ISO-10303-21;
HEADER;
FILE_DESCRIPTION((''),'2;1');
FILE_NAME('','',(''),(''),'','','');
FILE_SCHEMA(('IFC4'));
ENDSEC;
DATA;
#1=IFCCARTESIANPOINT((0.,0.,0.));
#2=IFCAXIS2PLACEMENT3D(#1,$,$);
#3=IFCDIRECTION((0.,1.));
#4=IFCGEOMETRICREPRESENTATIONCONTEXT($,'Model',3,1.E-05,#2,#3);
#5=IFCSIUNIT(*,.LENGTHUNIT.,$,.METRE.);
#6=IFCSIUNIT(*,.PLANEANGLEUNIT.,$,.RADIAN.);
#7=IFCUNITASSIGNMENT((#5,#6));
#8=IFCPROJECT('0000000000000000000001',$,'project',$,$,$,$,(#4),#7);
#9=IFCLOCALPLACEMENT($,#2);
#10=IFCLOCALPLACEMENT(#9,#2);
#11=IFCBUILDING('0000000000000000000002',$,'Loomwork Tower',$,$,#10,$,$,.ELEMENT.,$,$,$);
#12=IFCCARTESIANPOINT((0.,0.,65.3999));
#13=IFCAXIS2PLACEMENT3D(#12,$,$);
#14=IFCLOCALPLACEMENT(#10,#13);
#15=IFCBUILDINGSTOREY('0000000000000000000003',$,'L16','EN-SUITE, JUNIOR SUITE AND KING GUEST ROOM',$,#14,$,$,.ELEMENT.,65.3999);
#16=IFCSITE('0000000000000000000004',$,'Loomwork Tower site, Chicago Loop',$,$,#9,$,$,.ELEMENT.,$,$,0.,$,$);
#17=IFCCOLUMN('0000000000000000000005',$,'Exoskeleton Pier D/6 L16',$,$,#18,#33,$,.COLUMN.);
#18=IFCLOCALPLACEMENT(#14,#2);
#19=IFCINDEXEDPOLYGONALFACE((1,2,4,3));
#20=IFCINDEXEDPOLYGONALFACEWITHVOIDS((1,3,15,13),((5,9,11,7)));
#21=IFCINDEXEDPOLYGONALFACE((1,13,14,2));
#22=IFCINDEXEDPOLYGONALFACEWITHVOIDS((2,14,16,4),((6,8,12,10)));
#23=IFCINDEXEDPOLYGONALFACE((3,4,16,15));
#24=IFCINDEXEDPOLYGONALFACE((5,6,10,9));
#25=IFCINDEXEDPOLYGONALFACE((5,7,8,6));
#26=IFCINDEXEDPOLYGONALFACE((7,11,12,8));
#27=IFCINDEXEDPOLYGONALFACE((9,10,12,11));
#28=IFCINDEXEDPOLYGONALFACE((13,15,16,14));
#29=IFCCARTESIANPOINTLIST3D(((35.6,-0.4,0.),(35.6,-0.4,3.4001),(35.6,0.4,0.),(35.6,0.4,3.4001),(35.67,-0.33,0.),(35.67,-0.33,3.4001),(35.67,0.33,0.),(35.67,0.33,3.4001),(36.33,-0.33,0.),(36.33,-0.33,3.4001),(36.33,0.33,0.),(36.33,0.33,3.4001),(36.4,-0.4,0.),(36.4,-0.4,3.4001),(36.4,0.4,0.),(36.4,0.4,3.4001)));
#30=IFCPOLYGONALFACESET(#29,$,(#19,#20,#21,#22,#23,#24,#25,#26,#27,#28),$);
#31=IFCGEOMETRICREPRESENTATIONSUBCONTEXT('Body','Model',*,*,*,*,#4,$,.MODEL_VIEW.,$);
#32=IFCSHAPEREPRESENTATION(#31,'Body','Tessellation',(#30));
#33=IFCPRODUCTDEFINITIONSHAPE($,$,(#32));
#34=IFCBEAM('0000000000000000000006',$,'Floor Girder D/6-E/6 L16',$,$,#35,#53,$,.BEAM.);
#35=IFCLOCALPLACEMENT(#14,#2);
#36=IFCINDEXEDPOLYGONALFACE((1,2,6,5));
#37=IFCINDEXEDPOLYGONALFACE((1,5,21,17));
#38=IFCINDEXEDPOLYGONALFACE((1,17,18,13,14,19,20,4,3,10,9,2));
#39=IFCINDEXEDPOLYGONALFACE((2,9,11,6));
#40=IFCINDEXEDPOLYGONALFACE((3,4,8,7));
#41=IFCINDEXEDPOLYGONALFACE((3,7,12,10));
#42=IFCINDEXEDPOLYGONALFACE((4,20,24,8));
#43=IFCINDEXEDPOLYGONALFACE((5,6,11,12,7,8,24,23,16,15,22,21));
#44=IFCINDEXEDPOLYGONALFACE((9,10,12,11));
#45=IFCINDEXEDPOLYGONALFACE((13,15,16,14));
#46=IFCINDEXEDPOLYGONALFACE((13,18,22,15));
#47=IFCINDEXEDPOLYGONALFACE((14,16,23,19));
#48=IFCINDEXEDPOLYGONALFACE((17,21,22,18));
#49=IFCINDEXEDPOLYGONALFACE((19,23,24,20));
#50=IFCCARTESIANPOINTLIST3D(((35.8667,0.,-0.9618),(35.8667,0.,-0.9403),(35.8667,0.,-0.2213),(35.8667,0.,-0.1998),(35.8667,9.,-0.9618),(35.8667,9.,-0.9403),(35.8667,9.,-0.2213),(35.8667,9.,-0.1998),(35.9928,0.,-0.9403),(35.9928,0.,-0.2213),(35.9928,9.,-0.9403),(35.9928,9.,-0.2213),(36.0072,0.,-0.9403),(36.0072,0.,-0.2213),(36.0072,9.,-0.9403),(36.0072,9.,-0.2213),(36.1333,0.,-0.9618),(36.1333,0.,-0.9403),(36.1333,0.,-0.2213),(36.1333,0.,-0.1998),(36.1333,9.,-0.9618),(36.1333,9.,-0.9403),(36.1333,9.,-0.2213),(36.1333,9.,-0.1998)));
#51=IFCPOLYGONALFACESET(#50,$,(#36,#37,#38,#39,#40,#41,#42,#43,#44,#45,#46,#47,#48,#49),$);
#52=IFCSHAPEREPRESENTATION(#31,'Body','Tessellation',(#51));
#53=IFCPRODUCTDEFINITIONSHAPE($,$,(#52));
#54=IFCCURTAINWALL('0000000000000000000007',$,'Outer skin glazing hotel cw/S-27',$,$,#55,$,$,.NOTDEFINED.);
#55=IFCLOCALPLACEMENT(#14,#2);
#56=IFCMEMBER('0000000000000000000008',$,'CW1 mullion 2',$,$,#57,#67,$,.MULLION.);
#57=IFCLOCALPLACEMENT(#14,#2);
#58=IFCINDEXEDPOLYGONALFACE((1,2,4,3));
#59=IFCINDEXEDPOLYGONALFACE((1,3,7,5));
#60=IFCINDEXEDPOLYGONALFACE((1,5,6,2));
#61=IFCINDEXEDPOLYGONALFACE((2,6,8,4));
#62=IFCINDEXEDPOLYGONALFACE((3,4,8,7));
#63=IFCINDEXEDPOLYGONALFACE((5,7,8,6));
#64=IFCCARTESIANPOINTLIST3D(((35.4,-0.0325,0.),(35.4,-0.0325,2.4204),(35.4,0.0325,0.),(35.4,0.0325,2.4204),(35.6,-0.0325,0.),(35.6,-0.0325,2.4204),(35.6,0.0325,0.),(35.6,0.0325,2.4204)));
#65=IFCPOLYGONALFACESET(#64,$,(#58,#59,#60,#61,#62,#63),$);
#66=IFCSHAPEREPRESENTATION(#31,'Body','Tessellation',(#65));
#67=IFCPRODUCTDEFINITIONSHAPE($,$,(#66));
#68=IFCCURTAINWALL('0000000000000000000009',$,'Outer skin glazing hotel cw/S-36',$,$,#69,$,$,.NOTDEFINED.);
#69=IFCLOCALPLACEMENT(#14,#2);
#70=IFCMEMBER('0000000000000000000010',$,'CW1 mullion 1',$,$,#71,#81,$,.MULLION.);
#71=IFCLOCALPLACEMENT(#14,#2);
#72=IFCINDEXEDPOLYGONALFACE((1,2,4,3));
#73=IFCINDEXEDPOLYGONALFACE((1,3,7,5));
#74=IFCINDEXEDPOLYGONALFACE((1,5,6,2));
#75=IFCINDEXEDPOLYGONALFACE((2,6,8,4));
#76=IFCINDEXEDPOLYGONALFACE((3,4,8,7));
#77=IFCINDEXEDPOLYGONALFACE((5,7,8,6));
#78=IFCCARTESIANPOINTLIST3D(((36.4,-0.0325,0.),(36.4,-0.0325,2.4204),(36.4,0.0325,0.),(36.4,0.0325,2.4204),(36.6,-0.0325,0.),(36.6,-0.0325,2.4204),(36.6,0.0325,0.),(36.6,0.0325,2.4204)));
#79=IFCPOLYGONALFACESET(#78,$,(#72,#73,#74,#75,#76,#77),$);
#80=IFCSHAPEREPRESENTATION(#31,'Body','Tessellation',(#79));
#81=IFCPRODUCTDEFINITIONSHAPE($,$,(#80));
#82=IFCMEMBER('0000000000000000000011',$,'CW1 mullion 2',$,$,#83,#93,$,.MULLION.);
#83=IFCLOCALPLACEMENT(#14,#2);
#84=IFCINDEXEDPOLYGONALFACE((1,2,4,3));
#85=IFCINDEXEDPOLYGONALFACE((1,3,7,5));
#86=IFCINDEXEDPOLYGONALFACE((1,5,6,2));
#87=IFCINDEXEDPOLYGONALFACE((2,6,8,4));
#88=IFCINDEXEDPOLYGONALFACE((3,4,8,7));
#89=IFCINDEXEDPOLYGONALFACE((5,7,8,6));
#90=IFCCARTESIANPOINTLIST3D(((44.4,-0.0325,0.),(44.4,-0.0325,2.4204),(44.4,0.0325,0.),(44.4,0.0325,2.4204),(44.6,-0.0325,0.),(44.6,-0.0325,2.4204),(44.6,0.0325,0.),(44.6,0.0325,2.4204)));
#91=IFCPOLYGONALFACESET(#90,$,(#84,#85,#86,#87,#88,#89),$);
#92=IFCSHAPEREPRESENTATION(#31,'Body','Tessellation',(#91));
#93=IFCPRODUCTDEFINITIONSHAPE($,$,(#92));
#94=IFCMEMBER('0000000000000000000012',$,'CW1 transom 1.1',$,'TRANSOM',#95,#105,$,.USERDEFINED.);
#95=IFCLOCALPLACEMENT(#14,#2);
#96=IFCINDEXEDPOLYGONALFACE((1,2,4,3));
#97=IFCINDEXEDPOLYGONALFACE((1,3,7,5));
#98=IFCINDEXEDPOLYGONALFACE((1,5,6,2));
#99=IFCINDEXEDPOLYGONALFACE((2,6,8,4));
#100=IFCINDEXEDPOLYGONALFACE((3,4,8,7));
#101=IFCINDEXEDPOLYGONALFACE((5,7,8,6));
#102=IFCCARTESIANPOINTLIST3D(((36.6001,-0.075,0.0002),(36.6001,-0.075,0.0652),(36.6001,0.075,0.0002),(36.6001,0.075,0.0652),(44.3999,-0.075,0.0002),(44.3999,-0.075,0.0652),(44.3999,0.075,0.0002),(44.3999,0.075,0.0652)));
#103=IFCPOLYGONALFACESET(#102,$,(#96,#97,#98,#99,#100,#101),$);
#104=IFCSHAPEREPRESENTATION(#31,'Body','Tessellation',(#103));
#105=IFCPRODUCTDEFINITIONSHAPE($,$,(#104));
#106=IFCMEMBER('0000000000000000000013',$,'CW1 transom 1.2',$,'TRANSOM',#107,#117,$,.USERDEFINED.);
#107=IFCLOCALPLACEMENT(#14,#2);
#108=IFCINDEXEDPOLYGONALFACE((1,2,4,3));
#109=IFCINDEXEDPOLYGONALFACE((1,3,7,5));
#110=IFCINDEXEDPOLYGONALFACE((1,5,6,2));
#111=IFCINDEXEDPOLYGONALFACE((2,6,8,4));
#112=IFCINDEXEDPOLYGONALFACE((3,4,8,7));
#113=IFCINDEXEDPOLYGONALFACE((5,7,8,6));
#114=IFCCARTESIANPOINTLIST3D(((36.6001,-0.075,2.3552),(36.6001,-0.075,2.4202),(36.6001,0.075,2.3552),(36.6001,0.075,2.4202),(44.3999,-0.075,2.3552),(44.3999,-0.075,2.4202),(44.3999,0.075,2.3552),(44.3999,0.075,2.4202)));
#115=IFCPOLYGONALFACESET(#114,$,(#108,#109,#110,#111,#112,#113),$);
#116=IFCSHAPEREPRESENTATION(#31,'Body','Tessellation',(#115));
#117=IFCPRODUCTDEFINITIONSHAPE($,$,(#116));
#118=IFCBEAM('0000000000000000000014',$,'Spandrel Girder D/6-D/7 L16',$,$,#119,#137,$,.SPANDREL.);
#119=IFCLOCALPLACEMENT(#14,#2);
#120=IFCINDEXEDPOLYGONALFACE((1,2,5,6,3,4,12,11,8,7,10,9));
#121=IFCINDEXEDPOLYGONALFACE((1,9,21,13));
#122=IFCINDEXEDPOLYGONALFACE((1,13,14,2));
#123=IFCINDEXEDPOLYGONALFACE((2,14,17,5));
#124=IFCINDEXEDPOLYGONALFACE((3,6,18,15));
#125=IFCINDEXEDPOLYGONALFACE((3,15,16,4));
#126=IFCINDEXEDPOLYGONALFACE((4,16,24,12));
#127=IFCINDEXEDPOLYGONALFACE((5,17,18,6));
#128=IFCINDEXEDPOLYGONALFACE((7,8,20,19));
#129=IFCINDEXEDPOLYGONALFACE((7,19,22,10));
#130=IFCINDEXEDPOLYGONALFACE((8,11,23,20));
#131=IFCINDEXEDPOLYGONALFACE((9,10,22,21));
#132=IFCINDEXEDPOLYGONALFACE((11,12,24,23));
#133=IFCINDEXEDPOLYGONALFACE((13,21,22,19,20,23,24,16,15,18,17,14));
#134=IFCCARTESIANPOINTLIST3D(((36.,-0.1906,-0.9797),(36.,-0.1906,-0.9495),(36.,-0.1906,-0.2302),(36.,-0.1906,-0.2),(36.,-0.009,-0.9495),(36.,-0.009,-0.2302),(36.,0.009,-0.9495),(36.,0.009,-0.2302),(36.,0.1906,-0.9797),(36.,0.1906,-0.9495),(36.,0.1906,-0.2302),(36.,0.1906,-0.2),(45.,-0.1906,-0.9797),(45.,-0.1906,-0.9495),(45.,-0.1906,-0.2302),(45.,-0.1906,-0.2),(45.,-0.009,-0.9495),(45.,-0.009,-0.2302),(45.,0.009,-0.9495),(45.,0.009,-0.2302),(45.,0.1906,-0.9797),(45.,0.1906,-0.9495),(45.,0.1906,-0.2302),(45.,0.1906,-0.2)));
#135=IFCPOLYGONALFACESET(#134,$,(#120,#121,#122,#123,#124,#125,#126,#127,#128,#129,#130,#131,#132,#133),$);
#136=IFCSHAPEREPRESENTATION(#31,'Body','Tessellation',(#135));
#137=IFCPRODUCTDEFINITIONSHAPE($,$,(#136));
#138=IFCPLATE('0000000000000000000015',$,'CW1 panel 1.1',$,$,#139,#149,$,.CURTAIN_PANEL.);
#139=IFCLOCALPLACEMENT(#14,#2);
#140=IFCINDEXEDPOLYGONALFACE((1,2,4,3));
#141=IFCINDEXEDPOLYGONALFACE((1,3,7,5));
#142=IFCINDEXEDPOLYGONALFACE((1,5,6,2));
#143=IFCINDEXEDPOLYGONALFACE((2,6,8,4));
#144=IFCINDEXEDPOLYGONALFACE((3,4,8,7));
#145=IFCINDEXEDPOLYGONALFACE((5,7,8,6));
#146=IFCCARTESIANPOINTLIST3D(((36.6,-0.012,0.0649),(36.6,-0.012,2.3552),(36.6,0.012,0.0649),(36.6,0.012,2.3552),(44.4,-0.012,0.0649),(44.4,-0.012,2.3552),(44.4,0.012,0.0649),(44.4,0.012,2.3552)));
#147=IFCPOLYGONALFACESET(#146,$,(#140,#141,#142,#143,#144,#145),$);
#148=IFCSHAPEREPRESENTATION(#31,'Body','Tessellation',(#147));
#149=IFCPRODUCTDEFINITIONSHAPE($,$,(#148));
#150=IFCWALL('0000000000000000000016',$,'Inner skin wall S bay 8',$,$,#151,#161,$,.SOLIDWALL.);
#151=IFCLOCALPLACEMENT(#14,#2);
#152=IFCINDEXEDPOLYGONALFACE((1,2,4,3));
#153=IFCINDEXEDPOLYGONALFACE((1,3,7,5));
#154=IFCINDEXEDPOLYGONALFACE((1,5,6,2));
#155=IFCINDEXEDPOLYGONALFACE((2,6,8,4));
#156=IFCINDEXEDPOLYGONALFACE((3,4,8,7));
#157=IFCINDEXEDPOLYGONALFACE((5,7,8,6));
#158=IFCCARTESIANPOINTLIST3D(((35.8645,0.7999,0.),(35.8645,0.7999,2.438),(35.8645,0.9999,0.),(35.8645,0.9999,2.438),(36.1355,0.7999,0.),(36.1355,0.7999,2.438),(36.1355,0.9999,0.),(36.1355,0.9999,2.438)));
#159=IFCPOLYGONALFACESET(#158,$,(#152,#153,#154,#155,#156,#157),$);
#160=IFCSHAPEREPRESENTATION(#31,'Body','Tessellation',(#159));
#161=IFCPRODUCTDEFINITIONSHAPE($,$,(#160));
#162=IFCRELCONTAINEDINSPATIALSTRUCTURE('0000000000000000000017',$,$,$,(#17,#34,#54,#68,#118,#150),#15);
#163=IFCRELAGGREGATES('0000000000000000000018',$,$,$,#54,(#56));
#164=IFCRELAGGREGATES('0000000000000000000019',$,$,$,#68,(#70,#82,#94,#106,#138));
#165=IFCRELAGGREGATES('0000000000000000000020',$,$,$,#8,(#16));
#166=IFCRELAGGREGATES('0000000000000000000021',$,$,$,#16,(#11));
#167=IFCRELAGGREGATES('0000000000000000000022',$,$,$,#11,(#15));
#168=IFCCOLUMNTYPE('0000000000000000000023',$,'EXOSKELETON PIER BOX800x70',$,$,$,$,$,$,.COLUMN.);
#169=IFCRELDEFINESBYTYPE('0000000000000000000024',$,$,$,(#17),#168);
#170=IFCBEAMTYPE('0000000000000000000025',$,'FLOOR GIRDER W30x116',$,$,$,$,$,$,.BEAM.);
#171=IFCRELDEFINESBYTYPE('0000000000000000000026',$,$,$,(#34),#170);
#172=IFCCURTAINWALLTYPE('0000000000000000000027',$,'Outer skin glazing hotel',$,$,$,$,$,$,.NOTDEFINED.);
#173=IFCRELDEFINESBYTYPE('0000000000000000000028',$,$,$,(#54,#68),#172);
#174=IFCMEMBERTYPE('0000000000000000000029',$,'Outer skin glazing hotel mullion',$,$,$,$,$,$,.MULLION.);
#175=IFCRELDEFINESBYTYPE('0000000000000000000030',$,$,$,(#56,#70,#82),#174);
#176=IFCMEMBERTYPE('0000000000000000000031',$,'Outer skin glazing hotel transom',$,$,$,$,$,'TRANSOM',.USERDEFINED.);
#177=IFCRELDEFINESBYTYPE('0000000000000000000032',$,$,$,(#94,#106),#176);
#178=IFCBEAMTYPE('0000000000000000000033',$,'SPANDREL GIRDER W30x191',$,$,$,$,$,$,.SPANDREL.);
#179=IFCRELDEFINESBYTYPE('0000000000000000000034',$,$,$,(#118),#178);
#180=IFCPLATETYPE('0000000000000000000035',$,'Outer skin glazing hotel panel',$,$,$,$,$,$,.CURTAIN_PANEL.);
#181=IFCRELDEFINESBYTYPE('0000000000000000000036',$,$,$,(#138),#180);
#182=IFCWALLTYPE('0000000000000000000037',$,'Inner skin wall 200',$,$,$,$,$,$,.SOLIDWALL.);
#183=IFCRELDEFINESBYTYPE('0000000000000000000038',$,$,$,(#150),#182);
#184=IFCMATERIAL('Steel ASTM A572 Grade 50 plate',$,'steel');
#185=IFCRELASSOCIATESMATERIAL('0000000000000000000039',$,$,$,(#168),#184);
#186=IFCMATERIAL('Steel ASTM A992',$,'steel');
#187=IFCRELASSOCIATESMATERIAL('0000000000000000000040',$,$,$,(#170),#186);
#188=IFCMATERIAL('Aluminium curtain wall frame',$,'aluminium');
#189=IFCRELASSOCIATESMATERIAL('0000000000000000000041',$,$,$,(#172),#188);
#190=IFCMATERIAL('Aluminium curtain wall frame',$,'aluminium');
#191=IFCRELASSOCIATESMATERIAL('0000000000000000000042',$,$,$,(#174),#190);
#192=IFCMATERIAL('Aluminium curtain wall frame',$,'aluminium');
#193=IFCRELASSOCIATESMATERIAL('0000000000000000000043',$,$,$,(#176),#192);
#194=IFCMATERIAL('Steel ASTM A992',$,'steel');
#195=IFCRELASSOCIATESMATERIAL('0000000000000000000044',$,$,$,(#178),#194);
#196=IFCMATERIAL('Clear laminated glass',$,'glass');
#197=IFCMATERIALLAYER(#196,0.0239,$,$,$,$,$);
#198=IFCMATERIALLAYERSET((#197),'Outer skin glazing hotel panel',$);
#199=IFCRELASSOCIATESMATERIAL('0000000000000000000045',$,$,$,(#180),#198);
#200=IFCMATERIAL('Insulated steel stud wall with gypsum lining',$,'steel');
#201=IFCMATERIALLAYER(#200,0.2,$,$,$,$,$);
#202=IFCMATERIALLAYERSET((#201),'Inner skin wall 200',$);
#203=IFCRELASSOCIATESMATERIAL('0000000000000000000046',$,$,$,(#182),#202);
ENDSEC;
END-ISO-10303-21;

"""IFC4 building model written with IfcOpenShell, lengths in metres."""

from ifc_helpers import new_model, si_unit, direction, frame, frame_2d, origin, origin_2d, place, context, subcontext, project, spatial, rectangle, hollow_rectangle, i_section, extrude, material, layer, layer_set, material_profile, profile_set, type_object, element, aggregate, save


model = new_model("IFC4")

# Units and contexts
model_context = context("Model", 3, precision=1e-05, world=origin(), true_north=direction((0.0, 1.0)))
body_context = subcontext(model_context, "Body", "Model", "MODEL_VIEW")
ifc_project = project(units=[si_unit("LENGTHUNIT", "METRE"), si_unit("PLANEANGLEUNIT", "RADIAN")], contexts=[model_context])

# Site, building, storey
site_placement = place(None, origin())
site = spatial("IfcSite", under=ifc_project, at=site_placement, Name="Loomwork Tower site, Chicago Loop", CompositionType="ELEMENT", RefElevation=0.0)
building_placement = place(site_placement, origin())
building = spatial("IfcBuilding", under=site, at=building_placement, Name="Loomwork Tower", CompositionType="ELEMENT")
storey_placement = place(building_placement, frame((0.0, 0.0, 65.3999)))
storey = spatial("IfcBuildingStorey", under=building, at=storey_placement, Name="L16", Description="EN-SUITE, JUNIOR SUITE AND KING GUEST ROOM", CompositionType="ELEMENT", Elevation=65.3999)

# Column
ifc_material_1 = material(Name="Steel ASTM A572 Grade 50 plate", Category="steel")
ifc_material_profile_1 = material_profile(ifc_material_1, hollow_rectangle(XDim=0.8, YDim=0.8, WallThickness=0.0701, at=origin_2d()), Name="BOX800x70")
ifc_profile_set_1 = profile_set([ifc_material_profile_1], Name="Steel ASTM A572 Grade 50 plate")
column_type = type_object("IfcColumnType", Name="EXOSKELETON PIER BOX800x70", PredefinedType="COLUMN", material=ifc_profile_set_1)
column_placement = place(storey_placement, frame((36.0, 0.0, 0.0), z_axis=(0.0, 0.0, 1.0), x_axis=(1.0, 0.0, 0.0)))
element("IfcColumn", 1, at=column_placement, inside=storey, type_object=column_type, Name="Exoskeleton Pier D/6 L16", PredefinedType="COLUMN", context=body_context, shape_type="SweptSolid", body=[
    extrude(hollow_rectangle(XDim=0.8, YDim=0.8, WallThickness=0.0701, at=origin_2d()), origin(), (0.0, 0.0, 1.0), 3.4001),
])

# Beam
ifc_material_2 = material(Name="Steel ASTM A992", Category="steel")
ifc_material_profile_2 = material_profile(ifc_material_2, i_section(OverallWidth=0.2666, OverallDepth=0.762, WebThickness=0.0144, FlangeThickness=0.0215, at=origin_2d()), Name="W30x116")
ifc_profile_set_2 = profile_set([ifc_material_profile_2], Name="Steel ASTM A992")
beam_type_1 = type_object("IfcBeamType", Name="FLOOR GIRDER W30x116", PredefinedType="BEAM", material=ifc_profile_set_2)
beam_1_placement = place(storey_placement, frame((36.0, 0.0, -0.5808), z_axis=(0.0, 1.0, 0.0), x_axis=(-1.0, 0.0, 0.0)))
element("IfcBeam", 2, at=beam_1_placement, inside=storey, type_object=beam_type_1, Name="Floor Girder D/6-E/6 L16", PredefinedType="BEAM", context=body_context, shape_type="SweptSolid", body=[
    extrude(i_section(OverallWidth=0.2666, OverallDepth=0.762, WebThickness=0.0144, FlangeThickness=0.0215, at=origin_2d()), origin(), (0.0, 0.0, 1.0), 9.0),
])

# Curtain wall, member
ifc_material_3 = material(Name="Aluminium curtain wall frame", Category="aluminium")
curtain_wall_type = type_object("IfcCurtainWallType", Name="Outer skin glazing hotel", PredefinedType="NOTDEFINED", material=ifc_material_3)
curtain_wall_1_placement = place(storey_placement, origin())
curtain_wall_1 = element("IfcCurtainWall", 3, at=curtain_wall_1_placement, inside=storey, type_object=curtain_wall_type, Name="Outer skin glazing hotel cw/S-27", PredefinedType="NOTDEFINED")
ifc_material_4 = material(Name="Aluminium curtain wall frame", Category="aluminium")
ifc_material_profile_3 = material_profile(ifc_material_4, rectangle(XDim=0.0649, YDim=0.2, at=origin_2d()), Name="AL 65x200")
ifc_profile_set_3 = profile_set([ifc_material_profile_3], Name="Aluminium curtain wall frame")
member_type_1 = type_object("IfcMemberType", Name="Outer skin glazing hotel mullion", PredefinedType="MULLION", material=ifc_profile_set_3)
member_1_placement = place(storey_placement, frame((35.5, 0.0, 0.0), z_axis=(0.0, 0.0, 1.0), x_axis=(0.0, 1.0, 0.0)))
member_1 = element("IfcMember", 4, at=member_1_placement, type_object=member_type_1, Name="CW1 mullion 2", PredefinedType="MULLION", context=body_context, shape_type="SweptSolid", body=[
    extrude(rectangle(XDim=0.0649, YDim=0.2, at=origin_2d()), origin(), (0.0, 0.0, 1.0), 2.4204),
])
aggregate(curtain_wall_1, [member_1])

# Curtain wall, members
curtain_wall_2_placement = place(storey_placement, origin())
curtain_wall_2 = element("IfcCurtainWall", 5, at=curtain_wall_2_placement, inside=storey, type_object=curtain_wall_type, Name="Outer skin glazing hotel cw/S-36", PredefinedType="NOTDEFINED")
member_2_placement = place(storey_placement, frame((36.5, 0.0, 0.0), z_axis=(0.0, 0.0, 1.0), x_axis=(0.0, 1.0, 0.0)))
member_2 = element("IfcMember", 6, at=member_2_placement, type_object=member_type_1, Name="CW1 mullion 1", PredefinedType="MULLION", context=body_context, shape_type="SweptSolid", body=[
    extrude(rectangle(XDim=0.0649, YDim=0.2, at=origin_2d()), origin(), (0.0, 0.0, 1.0), 2.4204),
])
member_3_placement = place(storey_placement, frame((44.5, 0.0, 0.0), z_axis=(0.0, 0.0, 1.0), x_axis=(0.0, 1.0, 0.0)))
member_3 = element("IfcMember", 7, at=member_3_placement, type_object=member_type_1, Name="CW1 mullion 2", PredefinedType="MULLION", context=body_context, shape_type="SweptSolid", body=[
    extrude(rectangle(XDim=0.0649, YDim=0.2, at=origin_2d()), origin(), (0.0, 0.0, 1.0), 2.4204),
])
ifc_material_5 = material(Name="Aluminium curtain wall frame", Category="aluminium")
ifc_material_profile_4 = material_profile(ifc_material_5, rectangle(XDim=0.1499, YDim=0.0649, at=origin_2d()), Name="AL 65x150")
ifc_profile_set_4 = profile_set([ifc_material_profile_4], Name="Aluminium curtain wall frame")
member_type_2 = type_object("IfcMemberType", Name="Outer skin glazing hotel transom", ElementType="TRANSOM", PredefinedType="USERDEFINED", material=ifc_profile_set_4)
member_4_placement = place(storey_placement, frame((36.6001, 0.0, 0.0327), z_axis=(1.0, 0.0, 0.0), x_axis=(0.0, 1.0, 0.0)))
member_4 = element("IfcMember", 8, at=member_4_placement, type_object=member_type_2, Name="CW1 transom 1.1", ObjectType="TRANSOM", PredefinedType="USERDEFINED", context=body_context, shape_type="SweptSolid", body=[
    extrude(rectangle(XDim=0.1499, YDim=0.0649, at=origin_2d()), origin(), (0.0, 0.0, 1.0), 7.7998),
])
member_5_placement = place(storey_placement, frame((36.6001, 0.0, 2.3877), z_axis=(1.0, 0.0, 0.0), x_axis=(0.0, 1.0, 0.0)))
member_5 = element("IfcMember", 9, at=member_5_placement, type_object=member_type_2, Name="CW1 transom 1.2", ObjectType="TRANSOM", PredefinedType="USERDEFINED", context=body_context, shape_type="SweptSolid", body=[
    extrude(rectangle(XDim=0.1499, YDim=0.0649, at=origin_2d()), origin(), (0.0, 0.0, 1.0), 7.7998),
])

# Beam
ifc_material_6 = material(Name="Steel ASTM A992", Category="steel")
ifc_material_profile_5 = material_profile(ifc_material_6, i_section(OverallWidth=0.3811, OverallDepth=0.7798, WebThickness=0.0181, FlangeThickness=0.0303, at=origin_2d()), Name="W30x191")
ifc_profile_set_5 = profile_set([ifc_material_profile_5], Name="Steel ASTM A992")
beam_type_2 = type_object("IfcBeamType", Name="SPANDREL GIRDER W30x191", PredefinedType="SPANDREL", material=ifc_profile_set_5)
beam_2_placement = place(storey_placement, frame((36.0, 0.0, -0.5898), z_axis=(1.0, 0.0, 0.0), x_axis=(0.0, 1.0, 0.0)))
element("IfcBeam", 10, at=beam_2_placement, inside=storey, type_object=beam_type_2, Name="Spandrel Girder D/6-D/7 L16", PredefinedType="SPANDREL", context=body_context, shape_type="SweptSolid", body=[
    extrude(i_section(OverallWidth=0.3811, OverallDepth=0.7798, WebThickness=0.0181, FlangeThickness=0.0303, at=origin_2d()), origin(), (0.0, 0.0, 1.0), 9.0),
])

# Plate
ifc_material_7 = material(Name="Clear laminated glass", Category="glass")
ifc_layer_1 = layer(ifc_material_7, 0.0239)
ifc_layer_set_1 = layer_set([ifc_layer_1], Name="Outer skin glazing hotel panel")
plate_type = type_object("IfcPlateType", Name="Outer skin glazing hotel panel", PredefinedType="CURTAIN_PANEL", material=ifc_layer_set_1)
plate_placement = place(storey_placement, frame((40.5, 0.0, 0.0649), z_axis=(0.0, 0.0, 1.0), x_axis=(1.0, 0.0, 0.0)))
plate = element("IfcPlate", 11, at=plate_placement, type_object=plate_type, Name="CW1 panel 1.1", PredefinedType="CURTAIN_PANEL", context=body_context, shape_type="SweptSolid", body=[
    extrude(rectangle(XDim=7.8, YDim=0.0239, at=origin_2d()), origin(), (0.0, 0.0, 1.0), 2.2903),
])
aggregate(curtain_wall_2, [member_2, member_3, member_4, member_5, plate])

# Wall
ifc_material_8 = material(Name="Insulated steel stud wall with gypsum lining", Category="steel")
ifc_layer_2 = layer(ifc_material_8, 0.2)
ifc_layer_set_2 = layer_set([ifc_layer_2], Name="Inner skin wall 200")
wall_type = type_object("IfcWallType", Name="Inner skin wall 200", PredefinedType="SOLIDWALL", material=ifc_layer_set_2)
wall_1_placement = place(storey_placement, frame((35.8645, 0.8999, 0.0), z_axis=(0.0, 0.0, 1.0), x_axis=(1.0, 0.0, 0.0)))
element("IfcWall", 12, at=wall_1_placement, inside=storey, type_object=wall_type, Name="Inner skin wall S bay 8", PredefinedType="SOLIDWALL", context=body_context, shape_type="SweptSolid", body=[
    extrude(rectangle(XDim=0.271, YDim=0.2, at=frame_2d((0.1355, 0.0))), origin(), (0.0, 0.0, 1.0), 2.438),
])

save(model, "model.ifc")
